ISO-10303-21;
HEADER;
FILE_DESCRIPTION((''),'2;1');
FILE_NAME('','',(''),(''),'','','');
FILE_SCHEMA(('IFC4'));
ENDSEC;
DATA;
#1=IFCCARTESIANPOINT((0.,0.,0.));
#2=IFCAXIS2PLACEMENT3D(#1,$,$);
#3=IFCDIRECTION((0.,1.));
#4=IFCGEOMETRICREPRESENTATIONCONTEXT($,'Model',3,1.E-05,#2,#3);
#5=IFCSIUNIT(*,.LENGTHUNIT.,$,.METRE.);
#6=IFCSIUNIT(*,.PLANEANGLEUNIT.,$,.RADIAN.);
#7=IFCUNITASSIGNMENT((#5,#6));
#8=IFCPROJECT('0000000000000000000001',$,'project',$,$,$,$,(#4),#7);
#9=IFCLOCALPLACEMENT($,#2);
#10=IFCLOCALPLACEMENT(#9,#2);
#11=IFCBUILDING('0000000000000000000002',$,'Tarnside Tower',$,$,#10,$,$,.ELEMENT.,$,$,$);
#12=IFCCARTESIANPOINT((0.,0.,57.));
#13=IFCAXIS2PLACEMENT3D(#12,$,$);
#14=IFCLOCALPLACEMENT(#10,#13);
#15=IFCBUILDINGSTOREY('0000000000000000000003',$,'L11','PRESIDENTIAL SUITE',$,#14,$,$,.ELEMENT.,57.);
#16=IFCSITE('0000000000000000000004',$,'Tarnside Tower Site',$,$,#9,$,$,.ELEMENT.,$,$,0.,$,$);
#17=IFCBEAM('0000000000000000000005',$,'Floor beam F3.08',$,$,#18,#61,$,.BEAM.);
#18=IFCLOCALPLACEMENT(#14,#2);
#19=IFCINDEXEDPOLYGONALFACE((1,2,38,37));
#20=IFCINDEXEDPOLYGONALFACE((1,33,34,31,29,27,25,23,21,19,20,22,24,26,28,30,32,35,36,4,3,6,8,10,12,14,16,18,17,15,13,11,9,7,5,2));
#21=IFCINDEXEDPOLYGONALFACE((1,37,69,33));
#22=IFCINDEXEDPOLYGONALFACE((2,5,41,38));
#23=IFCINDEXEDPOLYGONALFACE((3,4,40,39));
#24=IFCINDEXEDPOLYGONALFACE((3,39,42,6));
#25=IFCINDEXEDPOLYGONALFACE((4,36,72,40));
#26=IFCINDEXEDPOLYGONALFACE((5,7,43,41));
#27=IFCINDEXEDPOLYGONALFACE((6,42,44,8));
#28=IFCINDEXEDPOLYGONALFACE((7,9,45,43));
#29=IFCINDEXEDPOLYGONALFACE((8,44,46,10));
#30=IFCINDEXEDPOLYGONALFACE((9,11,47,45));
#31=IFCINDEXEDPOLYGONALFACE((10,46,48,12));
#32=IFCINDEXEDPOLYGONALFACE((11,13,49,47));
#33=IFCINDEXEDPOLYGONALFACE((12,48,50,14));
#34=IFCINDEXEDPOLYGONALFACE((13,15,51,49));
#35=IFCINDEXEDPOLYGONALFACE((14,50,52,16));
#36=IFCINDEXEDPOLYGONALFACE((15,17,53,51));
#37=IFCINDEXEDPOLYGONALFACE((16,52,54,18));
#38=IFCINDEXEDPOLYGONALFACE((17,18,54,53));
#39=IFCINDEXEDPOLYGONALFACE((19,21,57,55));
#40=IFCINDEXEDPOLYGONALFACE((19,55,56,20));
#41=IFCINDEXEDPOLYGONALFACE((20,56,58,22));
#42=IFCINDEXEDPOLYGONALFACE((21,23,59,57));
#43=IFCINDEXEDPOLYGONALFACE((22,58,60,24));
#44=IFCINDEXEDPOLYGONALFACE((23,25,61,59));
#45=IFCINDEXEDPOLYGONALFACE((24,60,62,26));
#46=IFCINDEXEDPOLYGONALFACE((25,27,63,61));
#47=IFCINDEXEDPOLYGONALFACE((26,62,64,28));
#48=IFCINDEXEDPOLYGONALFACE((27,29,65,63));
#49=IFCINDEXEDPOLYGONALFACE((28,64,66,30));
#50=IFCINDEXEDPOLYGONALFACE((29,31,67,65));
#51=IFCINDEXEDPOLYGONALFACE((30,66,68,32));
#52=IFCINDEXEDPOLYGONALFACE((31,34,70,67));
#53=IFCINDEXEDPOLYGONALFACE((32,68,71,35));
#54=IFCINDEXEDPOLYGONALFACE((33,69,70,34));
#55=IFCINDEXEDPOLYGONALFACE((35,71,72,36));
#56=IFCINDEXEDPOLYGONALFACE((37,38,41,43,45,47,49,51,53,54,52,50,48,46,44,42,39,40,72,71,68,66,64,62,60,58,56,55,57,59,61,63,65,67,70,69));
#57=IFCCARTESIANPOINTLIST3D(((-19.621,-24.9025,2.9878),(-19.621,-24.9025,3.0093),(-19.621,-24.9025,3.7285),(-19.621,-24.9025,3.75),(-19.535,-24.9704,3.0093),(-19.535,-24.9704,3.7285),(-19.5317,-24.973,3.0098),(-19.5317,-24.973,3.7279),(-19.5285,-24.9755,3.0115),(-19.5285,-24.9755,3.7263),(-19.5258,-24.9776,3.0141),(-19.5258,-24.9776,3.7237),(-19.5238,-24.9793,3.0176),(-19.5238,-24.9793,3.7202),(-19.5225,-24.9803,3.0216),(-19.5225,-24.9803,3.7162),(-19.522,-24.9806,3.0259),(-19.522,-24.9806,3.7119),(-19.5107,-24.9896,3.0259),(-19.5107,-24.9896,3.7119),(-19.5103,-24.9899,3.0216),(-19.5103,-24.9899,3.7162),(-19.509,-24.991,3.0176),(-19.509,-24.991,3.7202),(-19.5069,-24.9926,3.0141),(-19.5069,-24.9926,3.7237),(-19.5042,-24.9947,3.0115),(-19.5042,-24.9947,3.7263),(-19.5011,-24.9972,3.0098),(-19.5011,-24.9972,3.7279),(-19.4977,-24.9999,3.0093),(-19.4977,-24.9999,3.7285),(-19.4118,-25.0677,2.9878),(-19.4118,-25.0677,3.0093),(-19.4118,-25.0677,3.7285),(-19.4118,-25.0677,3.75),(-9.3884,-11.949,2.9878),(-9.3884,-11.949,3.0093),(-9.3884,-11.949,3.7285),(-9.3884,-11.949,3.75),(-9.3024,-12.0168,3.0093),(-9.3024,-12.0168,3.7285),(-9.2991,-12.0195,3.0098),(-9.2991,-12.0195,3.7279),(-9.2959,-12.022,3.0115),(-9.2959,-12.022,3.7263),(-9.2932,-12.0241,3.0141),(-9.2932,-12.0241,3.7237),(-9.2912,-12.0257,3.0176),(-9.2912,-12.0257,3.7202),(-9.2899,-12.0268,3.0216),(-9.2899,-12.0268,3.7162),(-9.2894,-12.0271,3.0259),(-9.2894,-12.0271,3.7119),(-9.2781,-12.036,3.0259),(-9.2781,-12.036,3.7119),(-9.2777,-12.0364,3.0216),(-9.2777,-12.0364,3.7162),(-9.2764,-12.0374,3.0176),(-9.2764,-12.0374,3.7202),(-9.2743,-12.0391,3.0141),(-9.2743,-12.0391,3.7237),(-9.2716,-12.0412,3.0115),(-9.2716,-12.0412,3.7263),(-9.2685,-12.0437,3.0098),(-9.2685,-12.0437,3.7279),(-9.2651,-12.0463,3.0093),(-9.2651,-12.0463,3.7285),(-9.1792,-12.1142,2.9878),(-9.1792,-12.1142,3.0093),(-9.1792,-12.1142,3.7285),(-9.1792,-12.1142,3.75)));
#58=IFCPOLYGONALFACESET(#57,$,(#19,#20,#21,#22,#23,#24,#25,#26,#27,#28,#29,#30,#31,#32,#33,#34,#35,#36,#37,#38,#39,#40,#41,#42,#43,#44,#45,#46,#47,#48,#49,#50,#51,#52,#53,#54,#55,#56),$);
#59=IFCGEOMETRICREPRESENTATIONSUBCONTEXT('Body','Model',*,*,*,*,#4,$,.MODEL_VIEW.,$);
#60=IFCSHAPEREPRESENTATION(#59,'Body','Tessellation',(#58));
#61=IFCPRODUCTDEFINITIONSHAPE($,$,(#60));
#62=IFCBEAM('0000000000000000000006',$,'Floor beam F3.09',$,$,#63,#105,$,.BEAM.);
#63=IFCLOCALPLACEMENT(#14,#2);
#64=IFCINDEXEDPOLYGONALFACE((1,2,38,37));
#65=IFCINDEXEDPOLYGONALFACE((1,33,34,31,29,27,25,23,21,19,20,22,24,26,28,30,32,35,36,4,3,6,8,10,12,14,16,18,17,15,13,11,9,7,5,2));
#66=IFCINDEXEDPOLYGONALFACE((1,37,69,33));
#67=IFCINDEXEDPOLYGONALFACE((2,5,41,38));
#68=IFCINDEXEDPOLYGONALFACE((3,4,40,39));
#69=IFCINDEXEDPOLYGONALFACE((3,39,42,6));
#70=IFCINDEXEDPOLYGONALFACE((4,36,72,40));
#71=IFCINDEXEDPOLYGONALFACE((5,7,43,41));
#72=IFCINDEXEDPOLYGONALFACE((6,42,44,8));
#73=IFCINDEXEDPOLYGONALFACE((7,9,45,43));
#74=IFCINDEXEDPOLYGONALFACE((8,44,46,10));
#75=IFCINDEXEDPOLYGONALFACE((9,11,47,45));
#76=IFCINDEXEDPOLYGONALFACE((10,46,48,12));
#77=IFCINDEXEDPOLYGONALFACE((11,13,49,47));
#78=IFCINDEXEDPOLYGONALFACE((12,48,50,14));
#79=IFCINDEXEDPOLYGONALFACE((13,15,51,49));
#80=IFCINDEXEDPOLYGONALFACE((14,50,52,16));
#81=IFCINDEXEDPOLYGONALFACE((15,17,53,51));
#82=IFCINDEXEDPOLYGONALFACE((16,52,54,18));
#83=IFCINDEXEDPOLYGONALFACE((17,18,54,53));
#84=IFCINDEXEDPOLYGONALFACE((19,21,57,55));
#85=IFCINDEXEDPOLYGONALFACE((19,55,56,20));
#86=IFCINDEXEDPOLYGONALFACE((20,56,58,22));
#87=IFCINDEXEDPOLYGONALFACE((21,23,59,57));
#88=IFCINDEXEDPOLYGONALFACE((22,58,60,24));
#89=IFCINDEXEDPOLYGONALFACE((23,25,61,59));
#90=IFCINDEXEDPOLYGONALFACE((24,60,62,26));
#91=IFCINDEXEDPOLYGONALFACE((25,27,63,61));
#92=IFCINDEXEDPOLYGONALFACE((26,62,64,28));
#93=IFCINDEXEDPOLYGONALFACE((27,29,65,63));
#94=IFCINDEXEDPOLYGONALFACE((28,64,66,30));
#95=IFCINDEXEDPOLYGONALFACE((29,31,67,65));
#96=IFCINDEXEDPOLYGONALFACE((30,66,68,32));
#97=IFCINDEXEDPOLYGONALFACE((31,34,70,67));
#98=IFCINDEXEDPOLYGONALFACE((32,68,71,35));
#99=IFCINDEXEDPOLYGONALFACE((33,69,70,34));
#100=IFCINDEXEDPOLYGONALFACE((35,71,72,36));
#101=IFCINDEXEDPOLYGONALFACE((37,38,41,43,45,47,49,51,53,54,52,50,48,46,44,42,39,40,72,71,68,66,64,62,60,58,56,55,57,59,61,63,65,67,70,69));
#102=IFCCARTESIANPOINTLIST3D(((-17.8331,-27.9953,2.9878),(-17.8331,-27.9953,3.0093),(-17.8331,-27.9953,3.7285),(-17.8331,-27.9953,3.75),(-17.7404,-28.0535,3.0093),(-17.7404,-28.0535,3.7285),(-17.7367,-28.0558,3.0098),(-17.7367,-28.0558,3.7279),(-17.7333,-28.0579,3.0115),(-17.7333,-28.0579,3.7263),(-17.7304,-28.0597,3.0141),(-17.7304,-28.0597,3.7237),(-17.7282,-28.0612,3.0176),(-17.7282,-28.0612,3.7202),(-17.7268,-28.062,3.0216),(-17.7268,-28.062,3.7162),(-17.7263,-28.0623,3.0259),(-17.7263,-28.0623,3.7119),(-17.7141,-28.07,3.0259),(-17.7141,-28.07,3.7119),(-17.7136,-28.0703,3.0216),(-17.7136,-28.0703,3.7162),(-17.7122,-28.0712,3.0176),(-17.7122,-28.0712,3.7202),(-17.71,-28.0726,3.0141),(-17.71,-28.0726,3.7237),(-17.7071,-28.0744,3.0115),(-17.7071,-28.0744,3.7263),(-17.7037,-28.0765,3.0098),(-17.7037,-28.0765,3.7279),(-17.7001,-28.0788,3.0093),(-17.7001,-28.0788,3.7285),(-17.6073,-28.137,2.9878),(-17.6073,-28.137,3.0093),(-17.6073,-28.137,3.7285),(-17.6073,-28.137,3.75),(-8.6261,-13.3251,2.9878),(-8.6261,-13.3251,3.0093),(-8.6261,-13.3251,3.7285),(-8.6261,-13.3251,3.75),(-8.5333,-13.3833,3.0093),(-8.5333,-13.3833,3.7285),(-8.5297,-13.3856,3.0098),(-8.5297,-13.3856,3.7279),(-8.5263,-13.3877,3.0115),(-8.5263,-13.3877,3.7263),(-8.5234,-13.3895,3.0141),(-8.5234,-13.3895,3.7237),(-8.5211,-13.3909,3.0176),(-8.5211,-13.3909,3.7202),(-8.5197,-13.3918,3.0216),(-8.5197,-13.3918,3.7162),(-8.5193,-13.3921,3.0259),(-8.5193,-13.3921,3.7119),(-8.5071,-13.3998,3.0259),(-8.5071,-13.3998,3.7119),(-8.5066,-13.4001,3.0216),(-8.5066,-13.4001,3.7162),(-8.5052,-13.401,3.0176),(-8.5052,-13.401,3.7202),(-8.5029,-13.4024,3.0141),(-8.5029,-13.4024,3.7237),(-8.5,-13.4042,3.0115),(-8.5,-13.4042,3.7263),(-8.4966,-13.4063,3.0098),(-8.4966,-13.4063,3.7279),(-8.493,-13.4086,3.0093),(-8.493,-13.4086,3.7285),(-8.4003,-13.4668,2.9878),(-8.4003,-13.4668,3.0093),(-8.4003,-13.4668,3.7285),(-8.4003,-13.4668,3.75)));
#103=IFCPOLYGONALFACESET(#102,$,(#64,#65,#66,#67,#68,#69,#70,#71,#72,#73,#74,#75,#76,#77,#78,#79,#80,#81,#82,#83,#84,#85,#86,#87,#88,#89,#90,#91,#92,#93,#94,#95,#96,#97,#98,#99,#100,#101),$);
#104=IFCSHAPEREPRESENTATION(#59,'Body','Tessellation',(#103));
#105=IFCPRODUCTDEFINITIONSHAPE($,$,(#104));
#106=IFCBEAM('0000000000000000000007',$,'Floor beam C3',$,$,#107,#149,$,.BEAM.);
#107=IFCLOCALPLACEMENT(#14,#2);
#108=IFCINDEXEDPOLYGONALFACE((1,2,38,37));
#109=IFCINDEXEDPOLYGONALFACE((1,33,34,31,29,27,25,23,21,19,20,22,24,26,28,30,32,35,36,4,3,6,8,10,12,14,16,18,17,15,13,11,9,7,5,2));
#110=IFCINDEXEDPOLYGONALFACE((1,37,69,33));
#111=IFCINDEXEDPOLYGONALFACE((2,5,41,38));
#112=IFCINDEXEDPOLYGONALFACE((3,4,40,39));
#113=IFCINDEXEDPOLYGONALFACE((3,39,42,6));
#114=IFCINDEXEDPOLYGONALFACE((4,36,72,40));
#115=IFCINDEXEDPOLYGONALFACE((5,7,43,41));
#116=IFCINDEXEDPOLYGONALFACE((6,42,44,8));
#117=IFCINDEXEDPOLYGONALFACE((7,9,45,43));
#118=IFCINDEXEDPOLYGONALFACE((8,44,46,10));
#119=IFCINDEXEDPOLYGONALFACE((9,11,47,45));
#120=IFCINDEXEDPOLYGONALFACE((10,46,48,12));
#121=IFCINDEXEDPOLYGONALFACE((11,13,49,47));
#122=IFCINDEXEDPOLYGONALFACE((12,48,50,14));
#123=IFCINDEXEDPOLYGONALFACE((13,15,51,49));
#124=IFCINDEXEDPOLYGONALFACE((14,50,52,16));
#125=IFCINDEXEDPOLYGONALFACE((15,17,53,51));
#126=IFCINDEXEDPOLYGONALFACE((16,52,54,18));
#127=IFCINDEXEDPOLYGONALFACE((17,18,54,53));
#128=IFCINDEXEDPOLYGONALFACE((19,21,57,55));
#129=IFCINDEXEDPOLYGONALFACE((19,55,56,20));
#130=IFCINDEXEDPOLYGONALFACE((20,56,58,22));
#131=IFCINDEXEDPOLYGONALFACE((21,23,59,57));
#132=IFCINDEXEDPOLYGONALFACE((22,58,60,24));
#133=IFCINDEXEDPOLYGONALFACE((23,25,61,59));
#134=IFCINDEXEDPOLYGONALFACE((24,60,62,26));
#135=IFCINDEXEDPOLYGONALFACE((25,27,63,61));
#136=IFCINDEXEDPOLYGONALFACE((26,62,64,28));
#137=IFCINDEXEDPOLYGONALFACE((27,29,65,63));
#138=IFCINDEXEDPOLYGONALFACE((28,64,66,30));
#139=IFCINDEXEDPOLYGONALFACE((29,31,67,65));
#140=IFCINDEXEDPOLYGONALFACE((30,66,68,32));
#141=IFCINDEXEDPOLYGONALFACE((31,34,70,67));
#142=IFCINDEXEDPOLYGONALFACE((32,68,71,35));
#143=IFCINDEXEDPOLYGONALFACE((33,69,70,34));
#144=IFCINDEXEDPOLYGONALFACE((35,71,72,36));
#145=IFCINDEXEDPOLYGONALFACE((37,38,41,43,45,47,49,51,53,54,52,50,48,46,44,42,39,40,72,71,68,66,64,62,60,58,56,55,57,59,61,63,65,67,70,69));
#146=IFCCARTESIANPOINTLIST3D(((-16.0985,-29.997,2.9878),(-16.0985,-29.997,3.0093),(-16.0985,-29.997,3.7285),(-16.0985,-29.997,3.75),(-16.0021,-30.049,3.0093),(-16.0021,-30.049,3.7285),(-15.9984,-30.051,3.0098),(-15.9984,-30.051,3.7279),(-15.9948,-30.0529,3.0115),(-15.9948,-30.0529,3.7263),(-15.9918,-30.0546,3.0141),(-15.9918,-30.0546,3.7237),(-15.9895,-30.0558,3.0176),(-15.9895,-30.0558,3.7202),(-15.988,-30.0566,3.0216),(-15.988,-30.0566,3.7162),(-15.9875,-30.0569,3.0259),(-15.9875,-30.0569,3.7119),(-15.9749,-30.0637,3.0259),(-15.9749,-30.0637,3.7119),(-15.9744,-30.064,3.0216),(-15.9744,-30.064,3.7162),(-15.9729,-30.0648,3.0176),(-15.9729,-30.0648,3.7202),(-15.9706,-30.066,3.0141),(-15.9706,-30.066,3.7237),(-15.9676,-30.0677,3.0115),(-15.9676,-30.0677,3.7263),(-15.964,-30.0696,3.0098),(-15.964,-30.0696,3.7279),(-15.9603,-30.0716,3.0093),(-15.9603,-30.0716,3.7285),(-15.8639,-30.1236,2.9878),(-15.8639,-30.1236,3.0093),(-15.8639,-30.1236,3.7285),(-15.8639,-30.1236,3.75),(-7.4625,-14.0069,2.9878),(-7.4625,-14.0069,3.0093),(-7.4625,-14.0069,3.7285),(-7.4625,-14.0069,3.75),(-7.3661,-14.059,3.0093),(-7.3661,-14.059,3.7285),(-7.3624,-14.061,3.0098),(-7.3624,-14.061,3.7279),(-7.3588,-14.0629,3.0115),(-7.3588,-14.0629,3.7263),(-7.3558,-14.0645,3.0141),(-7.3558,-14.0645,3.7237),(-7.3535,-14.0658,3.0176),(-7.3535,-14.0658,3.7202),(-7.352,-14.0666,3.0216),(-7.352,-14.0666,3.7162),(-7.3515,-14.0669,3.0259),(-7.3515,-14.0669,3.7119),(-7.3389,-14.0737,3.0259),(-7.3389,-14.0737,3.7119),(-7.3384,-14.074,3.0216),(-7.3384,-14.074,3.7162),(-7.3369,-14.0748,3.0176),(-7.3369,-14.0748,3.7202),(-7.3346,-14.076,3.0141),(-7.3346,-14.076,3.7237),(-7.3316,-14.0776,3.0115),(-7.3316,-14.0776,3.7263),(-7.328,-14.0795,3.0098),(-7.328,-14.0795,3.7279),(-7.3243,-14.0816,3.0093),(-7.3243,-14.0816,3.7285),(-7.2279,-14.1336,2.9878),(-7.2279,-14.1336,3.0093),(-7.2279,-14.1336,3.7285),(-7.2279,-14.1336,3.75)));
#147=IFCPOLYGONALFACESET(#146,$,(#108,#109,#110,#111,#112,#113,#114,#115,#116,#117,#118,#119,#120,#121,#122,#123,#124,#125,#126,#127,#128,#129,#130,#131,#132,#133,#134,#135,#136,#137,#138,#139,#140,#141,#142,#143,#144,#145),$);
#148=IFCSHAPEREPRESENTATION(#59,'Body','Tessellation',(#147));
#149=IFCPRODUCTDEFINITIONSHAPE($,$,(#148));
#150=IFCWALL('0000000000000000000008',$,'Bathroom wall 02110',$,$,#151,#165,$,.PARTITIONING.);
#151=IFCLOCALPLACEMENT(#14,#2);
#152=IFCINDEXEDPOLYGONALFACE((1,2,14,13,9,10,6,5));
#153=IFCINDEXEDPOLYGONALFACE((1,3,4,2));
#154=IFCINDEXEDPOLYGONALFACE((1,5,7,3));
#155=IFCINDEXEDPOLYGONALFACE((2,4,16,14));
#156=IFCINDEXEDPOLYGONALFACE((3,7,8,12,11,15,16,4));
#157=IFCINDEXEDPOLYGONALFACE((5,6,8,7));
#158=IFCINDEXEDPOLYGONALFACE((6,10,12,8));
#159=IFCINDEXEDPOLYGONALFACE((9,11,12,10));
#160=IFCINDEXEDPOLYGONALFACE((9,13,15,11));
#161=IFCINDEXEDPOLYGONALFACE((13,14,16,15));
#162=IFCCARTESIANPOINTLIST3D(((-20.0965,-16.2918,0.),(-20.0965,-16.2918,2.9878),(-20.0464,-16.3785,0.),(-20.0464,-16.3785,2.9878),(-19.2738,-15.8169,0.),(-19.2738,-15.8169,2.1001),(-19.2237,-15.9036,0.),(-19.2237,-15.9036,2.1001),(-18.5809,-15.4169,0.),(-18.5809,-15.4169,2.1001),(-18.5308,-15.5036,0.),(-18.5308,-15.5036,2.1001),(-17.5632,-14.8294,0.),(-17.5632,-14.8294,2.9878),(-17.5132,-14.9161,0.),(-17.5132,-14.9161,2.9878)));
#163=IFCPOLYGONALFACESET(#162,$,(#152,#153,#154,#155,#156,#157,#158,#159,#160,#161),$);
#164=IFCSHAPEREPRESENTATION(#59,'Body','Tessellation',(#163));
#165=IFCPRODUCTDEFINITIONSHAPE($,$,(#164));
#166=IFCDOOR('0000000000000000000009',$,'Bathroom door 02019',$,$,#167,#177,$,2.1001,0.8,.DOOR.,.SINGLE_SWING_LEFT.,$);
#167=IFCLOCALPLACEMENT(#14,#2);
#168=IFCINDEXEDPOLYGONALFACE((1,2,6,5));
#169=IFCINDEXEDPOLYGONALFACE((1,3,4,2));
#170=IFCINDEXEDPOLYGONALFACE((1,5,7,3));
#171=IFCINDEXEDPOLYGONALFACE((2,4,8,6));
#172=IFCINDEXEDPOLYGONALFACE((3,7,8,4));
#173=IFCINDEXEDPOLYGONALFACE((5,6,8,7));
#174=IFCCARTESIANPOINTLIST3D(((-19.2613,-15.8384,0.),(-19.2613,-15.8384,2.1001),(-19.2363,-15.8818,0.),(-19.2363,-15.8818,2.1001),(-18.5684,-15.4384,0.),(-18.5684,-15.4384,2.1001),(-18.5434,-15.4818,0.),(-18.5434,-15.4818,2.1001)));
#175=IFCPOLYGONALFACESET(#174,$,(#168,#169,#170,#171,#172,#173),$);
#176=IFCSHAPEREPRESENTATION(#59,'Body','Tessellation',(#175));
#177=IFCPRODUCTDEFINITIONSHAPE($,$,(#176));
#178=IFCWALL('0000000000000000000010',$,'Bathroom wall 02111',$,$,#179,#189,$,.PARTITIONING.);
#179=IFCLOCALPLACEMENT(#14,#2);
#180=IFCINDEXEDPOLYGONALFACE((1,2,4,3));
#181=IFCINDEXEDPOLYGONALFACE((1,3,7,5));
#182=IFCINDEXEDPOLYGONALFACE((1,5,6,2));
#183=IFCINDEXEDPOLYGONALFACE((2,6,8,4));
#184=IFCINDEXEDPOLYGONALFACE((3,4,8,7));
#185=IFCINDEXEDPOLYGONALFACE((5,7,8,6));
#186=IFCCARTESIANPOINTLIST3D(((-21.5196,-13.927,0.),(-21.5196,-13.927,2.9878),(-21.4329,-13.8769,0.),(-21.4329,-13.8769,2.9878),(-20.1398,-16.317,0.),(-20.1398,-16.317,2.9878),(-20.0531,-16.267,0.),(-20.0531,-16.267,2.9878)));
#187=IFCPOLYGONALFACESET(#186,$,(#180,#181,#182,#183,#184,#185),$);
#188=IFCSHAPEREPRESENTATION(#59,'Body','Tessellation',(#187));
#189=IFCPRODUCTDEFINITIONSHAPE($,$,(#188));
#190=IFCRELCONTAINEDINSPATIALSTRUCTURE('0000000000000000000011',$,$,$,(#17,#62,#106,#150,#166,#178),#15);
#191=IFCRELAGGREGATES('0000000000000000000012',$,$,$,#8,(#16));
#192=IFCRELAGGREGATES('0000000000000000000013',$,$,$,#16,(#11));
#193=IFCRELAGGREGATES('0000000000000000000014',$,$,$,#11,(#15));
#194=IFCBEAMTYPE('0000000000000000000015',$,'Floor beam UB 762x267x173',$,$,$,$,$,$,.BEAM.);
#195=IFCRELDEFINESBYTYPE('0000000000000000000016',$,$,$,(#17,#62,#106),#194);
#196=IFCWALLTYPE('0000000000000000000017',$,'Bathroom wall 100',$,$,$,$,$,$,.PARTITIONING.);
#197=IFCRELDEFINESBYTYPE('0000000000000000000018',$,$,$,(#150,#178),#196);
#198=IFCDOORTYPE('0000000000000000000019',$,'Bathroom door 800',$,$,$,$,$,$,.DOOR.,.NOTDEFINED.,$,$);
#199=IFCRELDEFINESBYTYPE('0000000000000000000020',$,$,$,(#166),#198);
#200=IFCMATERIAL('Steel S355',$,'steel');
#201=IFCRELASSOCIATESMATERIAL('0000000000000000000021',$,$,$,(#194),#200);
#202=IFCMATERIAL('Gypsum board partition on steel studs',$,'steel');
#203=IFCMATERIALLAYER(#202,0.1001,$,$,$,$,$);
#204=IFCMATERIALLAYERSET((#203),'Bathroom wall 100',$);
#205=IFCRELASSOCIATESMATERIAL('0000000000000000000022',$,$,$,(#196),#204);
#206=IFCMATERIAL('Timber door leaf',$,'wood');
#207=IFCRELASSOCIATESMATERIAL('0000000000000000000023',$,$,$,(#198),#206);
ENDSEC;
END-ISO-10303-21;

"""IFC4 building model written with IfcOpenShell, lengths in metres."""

from ifc_helpers import new_model, si_unit, direction, frame, frame_2d, origin, origin_2d, place, context, subcontext, project, spatial, rectangle, i_section, extrude, material, layer, layer_set, material_profile, profile_set, type_object, element, fill, save


model = new_model("IFC4")

# Units and contexts
model_context = context("Model", 3, precision=1e-05, world=origin(), true_north=direction((0.0, 1.0)))
body_context = subcontext(model_context, "Body", "Model", "MODEL_VIEW")
ifc_project = project(units=[si_unit("LENGTHUNIT", "METRE"), si_unit("PLANEANGLEUNIT", "RADIAN")], contexts=[model_context])

# Site, building, storey
site_placement = place(None, origin())
site = spatial("IfcSite", under=ifc_project, at=site_placement, Name="Tarnside Tower Site", CompositionType="ELEMENT", RefElevation=0.0)
building_placement = place(site_placement, origin())
building = spatial("IfcBuilding", under=site, at=building_placement, Name="Tarnside Tower", CompositionType="ELEMENT")
storey_placement = place(building_placement, frame((0.0, 0.0, 57.0)))
storey = spatial("IfcBuildingStorey", under=building, at=storey_placement, Name="L11", Description="PRESIDENTIAL SUITE", CompositionType="ELEMENT", Elevation=57.0)

# Beams
ifc_material_1 = material(Name="Steel S355", Category="steel")
ifc_material_profile_1 = material_profile(ifc_material_1, i_section(OverallWidth=0.2666, OverallDepth=0.7622, WebThickness=0.0144, FlangeThickness=0.0215, FilletRadius=0.0166, at=origin_2d()), Name="UB 762x267x173")
ifc_profile_set_1 = profile_set([ifc_material_profile_1], Name="Steel S355")
beam_type_1 = type_object("IfcBeamType", Name="Floor beam UB 762x267x173", PredefinedType="BEAM", material=ifc_profile_set_1)
beam_1_placement = place(storey_placement, frame((-19.5164, -24.9851, 3.3689), z_axis=(0.619873, 0.784702, 0.0), x_axis=(-0.784702, 0.619873, 0.0)))
element("IfcBeam", 1, at=beam_1_placement, inside=storey, type_object=beam_type_1, Name="Floor beam F3.08", PredefinedType="BEAM", context=body_context, shape_type="SweptSolid", body=[
    extrude(i_section(OverallWidth=0.2666, OverallDepth=0.7622, WebThickness=0.0144, FlangeThickness=0.0215, FilletRadius=0.0166, at=origin_2d()), origin(), (0.0, 0.0, 1.0), 16.5076),
])
beam_2_placement = place(storey_placement, frame((-17.7202, -28.0662, 3.3689), z_axis=(0.531583, 0.847006, 0.0), x_axis=(-0.847006, 0.531583, 0.0)))
element("IfcBeam", 2, at=beam_2_placement, inside=storey, type_object=beam_type_1, Name="Floor beam F3.09", PredefinedType="BEAM", context=body_context, shape_type="SweptSolid", body=[
    extrude(i_section(OverallWidth=0.2666, OverallDepth=0.7622, WebThickness=0.0144, FlangeThickness=0.0215, FilletRadius=0.0166, at=origin_2d()), origin(), (0.0, 0.0, 1.0), 17.3201),
])
beam_3_placement = place(storey_placement, frame((-15.9812, -30.0603, 3.3689), z_axis=(0.475208, 0.879873, 0.0), x_axis=(-0.879873, 0.475208, 0.0)))
element("IfcBeam", 3, at=beam_3_placement, inside=storey, type_object=beam_type_1, Name="Floor beam C3", PredefinedType="BEAM", context=body_context, shape_type="SweptSolid", body=[
    extrude(i_section(OverallWidth=0.2666, OverallDepth=0.7622, WebThickness=0.0144, FlangeThickness=0.0215, FilletRadius=0.0166, at=origin_2d()), origin(), (0.0, 0.0, 1.0), 18.1731),
])

# Wall, opening, door
ifc_material_2 = material(Name="Gypsum board partition on steel studs", Category="steel")
ifc_layer_1 = layer(ifc_material_2, 0.1001)
ifc_layer_set_1 = layer_set([ifc_layer_1], Name="Bathroom wall 100")
wall_type_1 = type_object("IfcWallType", Name="Bathroom wall 100", PredefinedType="PARTITIONING", material=ifc_layer_set_1)
wall_1_placement = place(storey_placement, frame((-17.5383, -14.8728, 0.0), z_axis=(0.0, 0.0, 1.0), x_axis=(-0.866047, -0.499963, 0.0)))
wall_1 = element("IfcWall", 4, at=wall_1_placement, inside=storey, type_object=wall_type_1, Name="Bathroom wall 02110", PredefinedType="PARTITIONING", context=body_context, shape_type="SweptSolid", body=[
    extrude(rectangle(XDim=2.925, YDim=0.1001, at=frame_2d((1.4624, 0.0))), origin(), (0.0, 0.0, 1.0), 2.9878),
])
opening_1_placement = place(wall_1_placement, frame((1.175, 0.0, 0.0)))
opening_1 = element("IfcOpeningElement", 5, at=opening_1_placement, cuts=wall_1, PredefinedType="OPENING", context=body_context, shape_type="SweptSolid", body=[
    extrude(rectangle(XDim=0.8, YDim=2.1001, at=frame_2d((0.3999, 1.05))), frame((0.0, 0.0601, 0.0), z_axis=(0.0, -1.0, 0.0), x_axis=(1.0, 0.0, 0.0)), (0.0, 0.0, 1.0), 0.1201),
])
ifc_material_3 = material(Name="Timber door leaf", Category="wood")
door_type = type_object("IfcDoorType", Name="Bathroom door 800", OperationType="NOTDEFINED", PredefinedType="DOOR", material=ifc_material_3)
door_1_placement = place(opening_1_placement, origin())
door_1 = element("IfcDoor", 6, at=door_1_placement, inside=storey, type_object=door_type, Name="Bathroom door 02019", OperationType="SINGLE_SWING_LEFT", OverallHeight=2.1001, OverallWidth=0.8, PredefinedType="DOOR", context=body_context, shape_type="SweptSolid", body=[
    extrude(rectangle(XDim=0.8, YDim=2.1001, at=frame_2d((0.3999, 1.05))), frame((0.0, 0.0249, 0.0), z_axis=(0.0, -1.0, 0.0), x_axis=(1.0, 0.0, 0.0)), (0.0, 0.0, 1.0), 0.05),
])
fill(opening_1, door_1)

# Wall
wall_2_placement = place(storey_placement, frame((-20.0964, -16.292, 0.0), z_axis=(0.0, 0.0, 1.0), x_axis=(-0.499983, 0.866035, 0.0)))
element("IfcWall", 7, at=wall_2_placement, inside=storey, type_object=wall_type_1, Name="Bathroom wall 02111", PredefinedType="PARTITIONING", context=body_context, shape_type="SweptSolid", body=[
    extrude(rectangle(XDim=2.7598, YDim=0.1001, at=frame_2d((1.3799, 0.0))), origin(), (0.0, 0.0, 1.0), 2.9878),
])

save(model, "model.ifc")
